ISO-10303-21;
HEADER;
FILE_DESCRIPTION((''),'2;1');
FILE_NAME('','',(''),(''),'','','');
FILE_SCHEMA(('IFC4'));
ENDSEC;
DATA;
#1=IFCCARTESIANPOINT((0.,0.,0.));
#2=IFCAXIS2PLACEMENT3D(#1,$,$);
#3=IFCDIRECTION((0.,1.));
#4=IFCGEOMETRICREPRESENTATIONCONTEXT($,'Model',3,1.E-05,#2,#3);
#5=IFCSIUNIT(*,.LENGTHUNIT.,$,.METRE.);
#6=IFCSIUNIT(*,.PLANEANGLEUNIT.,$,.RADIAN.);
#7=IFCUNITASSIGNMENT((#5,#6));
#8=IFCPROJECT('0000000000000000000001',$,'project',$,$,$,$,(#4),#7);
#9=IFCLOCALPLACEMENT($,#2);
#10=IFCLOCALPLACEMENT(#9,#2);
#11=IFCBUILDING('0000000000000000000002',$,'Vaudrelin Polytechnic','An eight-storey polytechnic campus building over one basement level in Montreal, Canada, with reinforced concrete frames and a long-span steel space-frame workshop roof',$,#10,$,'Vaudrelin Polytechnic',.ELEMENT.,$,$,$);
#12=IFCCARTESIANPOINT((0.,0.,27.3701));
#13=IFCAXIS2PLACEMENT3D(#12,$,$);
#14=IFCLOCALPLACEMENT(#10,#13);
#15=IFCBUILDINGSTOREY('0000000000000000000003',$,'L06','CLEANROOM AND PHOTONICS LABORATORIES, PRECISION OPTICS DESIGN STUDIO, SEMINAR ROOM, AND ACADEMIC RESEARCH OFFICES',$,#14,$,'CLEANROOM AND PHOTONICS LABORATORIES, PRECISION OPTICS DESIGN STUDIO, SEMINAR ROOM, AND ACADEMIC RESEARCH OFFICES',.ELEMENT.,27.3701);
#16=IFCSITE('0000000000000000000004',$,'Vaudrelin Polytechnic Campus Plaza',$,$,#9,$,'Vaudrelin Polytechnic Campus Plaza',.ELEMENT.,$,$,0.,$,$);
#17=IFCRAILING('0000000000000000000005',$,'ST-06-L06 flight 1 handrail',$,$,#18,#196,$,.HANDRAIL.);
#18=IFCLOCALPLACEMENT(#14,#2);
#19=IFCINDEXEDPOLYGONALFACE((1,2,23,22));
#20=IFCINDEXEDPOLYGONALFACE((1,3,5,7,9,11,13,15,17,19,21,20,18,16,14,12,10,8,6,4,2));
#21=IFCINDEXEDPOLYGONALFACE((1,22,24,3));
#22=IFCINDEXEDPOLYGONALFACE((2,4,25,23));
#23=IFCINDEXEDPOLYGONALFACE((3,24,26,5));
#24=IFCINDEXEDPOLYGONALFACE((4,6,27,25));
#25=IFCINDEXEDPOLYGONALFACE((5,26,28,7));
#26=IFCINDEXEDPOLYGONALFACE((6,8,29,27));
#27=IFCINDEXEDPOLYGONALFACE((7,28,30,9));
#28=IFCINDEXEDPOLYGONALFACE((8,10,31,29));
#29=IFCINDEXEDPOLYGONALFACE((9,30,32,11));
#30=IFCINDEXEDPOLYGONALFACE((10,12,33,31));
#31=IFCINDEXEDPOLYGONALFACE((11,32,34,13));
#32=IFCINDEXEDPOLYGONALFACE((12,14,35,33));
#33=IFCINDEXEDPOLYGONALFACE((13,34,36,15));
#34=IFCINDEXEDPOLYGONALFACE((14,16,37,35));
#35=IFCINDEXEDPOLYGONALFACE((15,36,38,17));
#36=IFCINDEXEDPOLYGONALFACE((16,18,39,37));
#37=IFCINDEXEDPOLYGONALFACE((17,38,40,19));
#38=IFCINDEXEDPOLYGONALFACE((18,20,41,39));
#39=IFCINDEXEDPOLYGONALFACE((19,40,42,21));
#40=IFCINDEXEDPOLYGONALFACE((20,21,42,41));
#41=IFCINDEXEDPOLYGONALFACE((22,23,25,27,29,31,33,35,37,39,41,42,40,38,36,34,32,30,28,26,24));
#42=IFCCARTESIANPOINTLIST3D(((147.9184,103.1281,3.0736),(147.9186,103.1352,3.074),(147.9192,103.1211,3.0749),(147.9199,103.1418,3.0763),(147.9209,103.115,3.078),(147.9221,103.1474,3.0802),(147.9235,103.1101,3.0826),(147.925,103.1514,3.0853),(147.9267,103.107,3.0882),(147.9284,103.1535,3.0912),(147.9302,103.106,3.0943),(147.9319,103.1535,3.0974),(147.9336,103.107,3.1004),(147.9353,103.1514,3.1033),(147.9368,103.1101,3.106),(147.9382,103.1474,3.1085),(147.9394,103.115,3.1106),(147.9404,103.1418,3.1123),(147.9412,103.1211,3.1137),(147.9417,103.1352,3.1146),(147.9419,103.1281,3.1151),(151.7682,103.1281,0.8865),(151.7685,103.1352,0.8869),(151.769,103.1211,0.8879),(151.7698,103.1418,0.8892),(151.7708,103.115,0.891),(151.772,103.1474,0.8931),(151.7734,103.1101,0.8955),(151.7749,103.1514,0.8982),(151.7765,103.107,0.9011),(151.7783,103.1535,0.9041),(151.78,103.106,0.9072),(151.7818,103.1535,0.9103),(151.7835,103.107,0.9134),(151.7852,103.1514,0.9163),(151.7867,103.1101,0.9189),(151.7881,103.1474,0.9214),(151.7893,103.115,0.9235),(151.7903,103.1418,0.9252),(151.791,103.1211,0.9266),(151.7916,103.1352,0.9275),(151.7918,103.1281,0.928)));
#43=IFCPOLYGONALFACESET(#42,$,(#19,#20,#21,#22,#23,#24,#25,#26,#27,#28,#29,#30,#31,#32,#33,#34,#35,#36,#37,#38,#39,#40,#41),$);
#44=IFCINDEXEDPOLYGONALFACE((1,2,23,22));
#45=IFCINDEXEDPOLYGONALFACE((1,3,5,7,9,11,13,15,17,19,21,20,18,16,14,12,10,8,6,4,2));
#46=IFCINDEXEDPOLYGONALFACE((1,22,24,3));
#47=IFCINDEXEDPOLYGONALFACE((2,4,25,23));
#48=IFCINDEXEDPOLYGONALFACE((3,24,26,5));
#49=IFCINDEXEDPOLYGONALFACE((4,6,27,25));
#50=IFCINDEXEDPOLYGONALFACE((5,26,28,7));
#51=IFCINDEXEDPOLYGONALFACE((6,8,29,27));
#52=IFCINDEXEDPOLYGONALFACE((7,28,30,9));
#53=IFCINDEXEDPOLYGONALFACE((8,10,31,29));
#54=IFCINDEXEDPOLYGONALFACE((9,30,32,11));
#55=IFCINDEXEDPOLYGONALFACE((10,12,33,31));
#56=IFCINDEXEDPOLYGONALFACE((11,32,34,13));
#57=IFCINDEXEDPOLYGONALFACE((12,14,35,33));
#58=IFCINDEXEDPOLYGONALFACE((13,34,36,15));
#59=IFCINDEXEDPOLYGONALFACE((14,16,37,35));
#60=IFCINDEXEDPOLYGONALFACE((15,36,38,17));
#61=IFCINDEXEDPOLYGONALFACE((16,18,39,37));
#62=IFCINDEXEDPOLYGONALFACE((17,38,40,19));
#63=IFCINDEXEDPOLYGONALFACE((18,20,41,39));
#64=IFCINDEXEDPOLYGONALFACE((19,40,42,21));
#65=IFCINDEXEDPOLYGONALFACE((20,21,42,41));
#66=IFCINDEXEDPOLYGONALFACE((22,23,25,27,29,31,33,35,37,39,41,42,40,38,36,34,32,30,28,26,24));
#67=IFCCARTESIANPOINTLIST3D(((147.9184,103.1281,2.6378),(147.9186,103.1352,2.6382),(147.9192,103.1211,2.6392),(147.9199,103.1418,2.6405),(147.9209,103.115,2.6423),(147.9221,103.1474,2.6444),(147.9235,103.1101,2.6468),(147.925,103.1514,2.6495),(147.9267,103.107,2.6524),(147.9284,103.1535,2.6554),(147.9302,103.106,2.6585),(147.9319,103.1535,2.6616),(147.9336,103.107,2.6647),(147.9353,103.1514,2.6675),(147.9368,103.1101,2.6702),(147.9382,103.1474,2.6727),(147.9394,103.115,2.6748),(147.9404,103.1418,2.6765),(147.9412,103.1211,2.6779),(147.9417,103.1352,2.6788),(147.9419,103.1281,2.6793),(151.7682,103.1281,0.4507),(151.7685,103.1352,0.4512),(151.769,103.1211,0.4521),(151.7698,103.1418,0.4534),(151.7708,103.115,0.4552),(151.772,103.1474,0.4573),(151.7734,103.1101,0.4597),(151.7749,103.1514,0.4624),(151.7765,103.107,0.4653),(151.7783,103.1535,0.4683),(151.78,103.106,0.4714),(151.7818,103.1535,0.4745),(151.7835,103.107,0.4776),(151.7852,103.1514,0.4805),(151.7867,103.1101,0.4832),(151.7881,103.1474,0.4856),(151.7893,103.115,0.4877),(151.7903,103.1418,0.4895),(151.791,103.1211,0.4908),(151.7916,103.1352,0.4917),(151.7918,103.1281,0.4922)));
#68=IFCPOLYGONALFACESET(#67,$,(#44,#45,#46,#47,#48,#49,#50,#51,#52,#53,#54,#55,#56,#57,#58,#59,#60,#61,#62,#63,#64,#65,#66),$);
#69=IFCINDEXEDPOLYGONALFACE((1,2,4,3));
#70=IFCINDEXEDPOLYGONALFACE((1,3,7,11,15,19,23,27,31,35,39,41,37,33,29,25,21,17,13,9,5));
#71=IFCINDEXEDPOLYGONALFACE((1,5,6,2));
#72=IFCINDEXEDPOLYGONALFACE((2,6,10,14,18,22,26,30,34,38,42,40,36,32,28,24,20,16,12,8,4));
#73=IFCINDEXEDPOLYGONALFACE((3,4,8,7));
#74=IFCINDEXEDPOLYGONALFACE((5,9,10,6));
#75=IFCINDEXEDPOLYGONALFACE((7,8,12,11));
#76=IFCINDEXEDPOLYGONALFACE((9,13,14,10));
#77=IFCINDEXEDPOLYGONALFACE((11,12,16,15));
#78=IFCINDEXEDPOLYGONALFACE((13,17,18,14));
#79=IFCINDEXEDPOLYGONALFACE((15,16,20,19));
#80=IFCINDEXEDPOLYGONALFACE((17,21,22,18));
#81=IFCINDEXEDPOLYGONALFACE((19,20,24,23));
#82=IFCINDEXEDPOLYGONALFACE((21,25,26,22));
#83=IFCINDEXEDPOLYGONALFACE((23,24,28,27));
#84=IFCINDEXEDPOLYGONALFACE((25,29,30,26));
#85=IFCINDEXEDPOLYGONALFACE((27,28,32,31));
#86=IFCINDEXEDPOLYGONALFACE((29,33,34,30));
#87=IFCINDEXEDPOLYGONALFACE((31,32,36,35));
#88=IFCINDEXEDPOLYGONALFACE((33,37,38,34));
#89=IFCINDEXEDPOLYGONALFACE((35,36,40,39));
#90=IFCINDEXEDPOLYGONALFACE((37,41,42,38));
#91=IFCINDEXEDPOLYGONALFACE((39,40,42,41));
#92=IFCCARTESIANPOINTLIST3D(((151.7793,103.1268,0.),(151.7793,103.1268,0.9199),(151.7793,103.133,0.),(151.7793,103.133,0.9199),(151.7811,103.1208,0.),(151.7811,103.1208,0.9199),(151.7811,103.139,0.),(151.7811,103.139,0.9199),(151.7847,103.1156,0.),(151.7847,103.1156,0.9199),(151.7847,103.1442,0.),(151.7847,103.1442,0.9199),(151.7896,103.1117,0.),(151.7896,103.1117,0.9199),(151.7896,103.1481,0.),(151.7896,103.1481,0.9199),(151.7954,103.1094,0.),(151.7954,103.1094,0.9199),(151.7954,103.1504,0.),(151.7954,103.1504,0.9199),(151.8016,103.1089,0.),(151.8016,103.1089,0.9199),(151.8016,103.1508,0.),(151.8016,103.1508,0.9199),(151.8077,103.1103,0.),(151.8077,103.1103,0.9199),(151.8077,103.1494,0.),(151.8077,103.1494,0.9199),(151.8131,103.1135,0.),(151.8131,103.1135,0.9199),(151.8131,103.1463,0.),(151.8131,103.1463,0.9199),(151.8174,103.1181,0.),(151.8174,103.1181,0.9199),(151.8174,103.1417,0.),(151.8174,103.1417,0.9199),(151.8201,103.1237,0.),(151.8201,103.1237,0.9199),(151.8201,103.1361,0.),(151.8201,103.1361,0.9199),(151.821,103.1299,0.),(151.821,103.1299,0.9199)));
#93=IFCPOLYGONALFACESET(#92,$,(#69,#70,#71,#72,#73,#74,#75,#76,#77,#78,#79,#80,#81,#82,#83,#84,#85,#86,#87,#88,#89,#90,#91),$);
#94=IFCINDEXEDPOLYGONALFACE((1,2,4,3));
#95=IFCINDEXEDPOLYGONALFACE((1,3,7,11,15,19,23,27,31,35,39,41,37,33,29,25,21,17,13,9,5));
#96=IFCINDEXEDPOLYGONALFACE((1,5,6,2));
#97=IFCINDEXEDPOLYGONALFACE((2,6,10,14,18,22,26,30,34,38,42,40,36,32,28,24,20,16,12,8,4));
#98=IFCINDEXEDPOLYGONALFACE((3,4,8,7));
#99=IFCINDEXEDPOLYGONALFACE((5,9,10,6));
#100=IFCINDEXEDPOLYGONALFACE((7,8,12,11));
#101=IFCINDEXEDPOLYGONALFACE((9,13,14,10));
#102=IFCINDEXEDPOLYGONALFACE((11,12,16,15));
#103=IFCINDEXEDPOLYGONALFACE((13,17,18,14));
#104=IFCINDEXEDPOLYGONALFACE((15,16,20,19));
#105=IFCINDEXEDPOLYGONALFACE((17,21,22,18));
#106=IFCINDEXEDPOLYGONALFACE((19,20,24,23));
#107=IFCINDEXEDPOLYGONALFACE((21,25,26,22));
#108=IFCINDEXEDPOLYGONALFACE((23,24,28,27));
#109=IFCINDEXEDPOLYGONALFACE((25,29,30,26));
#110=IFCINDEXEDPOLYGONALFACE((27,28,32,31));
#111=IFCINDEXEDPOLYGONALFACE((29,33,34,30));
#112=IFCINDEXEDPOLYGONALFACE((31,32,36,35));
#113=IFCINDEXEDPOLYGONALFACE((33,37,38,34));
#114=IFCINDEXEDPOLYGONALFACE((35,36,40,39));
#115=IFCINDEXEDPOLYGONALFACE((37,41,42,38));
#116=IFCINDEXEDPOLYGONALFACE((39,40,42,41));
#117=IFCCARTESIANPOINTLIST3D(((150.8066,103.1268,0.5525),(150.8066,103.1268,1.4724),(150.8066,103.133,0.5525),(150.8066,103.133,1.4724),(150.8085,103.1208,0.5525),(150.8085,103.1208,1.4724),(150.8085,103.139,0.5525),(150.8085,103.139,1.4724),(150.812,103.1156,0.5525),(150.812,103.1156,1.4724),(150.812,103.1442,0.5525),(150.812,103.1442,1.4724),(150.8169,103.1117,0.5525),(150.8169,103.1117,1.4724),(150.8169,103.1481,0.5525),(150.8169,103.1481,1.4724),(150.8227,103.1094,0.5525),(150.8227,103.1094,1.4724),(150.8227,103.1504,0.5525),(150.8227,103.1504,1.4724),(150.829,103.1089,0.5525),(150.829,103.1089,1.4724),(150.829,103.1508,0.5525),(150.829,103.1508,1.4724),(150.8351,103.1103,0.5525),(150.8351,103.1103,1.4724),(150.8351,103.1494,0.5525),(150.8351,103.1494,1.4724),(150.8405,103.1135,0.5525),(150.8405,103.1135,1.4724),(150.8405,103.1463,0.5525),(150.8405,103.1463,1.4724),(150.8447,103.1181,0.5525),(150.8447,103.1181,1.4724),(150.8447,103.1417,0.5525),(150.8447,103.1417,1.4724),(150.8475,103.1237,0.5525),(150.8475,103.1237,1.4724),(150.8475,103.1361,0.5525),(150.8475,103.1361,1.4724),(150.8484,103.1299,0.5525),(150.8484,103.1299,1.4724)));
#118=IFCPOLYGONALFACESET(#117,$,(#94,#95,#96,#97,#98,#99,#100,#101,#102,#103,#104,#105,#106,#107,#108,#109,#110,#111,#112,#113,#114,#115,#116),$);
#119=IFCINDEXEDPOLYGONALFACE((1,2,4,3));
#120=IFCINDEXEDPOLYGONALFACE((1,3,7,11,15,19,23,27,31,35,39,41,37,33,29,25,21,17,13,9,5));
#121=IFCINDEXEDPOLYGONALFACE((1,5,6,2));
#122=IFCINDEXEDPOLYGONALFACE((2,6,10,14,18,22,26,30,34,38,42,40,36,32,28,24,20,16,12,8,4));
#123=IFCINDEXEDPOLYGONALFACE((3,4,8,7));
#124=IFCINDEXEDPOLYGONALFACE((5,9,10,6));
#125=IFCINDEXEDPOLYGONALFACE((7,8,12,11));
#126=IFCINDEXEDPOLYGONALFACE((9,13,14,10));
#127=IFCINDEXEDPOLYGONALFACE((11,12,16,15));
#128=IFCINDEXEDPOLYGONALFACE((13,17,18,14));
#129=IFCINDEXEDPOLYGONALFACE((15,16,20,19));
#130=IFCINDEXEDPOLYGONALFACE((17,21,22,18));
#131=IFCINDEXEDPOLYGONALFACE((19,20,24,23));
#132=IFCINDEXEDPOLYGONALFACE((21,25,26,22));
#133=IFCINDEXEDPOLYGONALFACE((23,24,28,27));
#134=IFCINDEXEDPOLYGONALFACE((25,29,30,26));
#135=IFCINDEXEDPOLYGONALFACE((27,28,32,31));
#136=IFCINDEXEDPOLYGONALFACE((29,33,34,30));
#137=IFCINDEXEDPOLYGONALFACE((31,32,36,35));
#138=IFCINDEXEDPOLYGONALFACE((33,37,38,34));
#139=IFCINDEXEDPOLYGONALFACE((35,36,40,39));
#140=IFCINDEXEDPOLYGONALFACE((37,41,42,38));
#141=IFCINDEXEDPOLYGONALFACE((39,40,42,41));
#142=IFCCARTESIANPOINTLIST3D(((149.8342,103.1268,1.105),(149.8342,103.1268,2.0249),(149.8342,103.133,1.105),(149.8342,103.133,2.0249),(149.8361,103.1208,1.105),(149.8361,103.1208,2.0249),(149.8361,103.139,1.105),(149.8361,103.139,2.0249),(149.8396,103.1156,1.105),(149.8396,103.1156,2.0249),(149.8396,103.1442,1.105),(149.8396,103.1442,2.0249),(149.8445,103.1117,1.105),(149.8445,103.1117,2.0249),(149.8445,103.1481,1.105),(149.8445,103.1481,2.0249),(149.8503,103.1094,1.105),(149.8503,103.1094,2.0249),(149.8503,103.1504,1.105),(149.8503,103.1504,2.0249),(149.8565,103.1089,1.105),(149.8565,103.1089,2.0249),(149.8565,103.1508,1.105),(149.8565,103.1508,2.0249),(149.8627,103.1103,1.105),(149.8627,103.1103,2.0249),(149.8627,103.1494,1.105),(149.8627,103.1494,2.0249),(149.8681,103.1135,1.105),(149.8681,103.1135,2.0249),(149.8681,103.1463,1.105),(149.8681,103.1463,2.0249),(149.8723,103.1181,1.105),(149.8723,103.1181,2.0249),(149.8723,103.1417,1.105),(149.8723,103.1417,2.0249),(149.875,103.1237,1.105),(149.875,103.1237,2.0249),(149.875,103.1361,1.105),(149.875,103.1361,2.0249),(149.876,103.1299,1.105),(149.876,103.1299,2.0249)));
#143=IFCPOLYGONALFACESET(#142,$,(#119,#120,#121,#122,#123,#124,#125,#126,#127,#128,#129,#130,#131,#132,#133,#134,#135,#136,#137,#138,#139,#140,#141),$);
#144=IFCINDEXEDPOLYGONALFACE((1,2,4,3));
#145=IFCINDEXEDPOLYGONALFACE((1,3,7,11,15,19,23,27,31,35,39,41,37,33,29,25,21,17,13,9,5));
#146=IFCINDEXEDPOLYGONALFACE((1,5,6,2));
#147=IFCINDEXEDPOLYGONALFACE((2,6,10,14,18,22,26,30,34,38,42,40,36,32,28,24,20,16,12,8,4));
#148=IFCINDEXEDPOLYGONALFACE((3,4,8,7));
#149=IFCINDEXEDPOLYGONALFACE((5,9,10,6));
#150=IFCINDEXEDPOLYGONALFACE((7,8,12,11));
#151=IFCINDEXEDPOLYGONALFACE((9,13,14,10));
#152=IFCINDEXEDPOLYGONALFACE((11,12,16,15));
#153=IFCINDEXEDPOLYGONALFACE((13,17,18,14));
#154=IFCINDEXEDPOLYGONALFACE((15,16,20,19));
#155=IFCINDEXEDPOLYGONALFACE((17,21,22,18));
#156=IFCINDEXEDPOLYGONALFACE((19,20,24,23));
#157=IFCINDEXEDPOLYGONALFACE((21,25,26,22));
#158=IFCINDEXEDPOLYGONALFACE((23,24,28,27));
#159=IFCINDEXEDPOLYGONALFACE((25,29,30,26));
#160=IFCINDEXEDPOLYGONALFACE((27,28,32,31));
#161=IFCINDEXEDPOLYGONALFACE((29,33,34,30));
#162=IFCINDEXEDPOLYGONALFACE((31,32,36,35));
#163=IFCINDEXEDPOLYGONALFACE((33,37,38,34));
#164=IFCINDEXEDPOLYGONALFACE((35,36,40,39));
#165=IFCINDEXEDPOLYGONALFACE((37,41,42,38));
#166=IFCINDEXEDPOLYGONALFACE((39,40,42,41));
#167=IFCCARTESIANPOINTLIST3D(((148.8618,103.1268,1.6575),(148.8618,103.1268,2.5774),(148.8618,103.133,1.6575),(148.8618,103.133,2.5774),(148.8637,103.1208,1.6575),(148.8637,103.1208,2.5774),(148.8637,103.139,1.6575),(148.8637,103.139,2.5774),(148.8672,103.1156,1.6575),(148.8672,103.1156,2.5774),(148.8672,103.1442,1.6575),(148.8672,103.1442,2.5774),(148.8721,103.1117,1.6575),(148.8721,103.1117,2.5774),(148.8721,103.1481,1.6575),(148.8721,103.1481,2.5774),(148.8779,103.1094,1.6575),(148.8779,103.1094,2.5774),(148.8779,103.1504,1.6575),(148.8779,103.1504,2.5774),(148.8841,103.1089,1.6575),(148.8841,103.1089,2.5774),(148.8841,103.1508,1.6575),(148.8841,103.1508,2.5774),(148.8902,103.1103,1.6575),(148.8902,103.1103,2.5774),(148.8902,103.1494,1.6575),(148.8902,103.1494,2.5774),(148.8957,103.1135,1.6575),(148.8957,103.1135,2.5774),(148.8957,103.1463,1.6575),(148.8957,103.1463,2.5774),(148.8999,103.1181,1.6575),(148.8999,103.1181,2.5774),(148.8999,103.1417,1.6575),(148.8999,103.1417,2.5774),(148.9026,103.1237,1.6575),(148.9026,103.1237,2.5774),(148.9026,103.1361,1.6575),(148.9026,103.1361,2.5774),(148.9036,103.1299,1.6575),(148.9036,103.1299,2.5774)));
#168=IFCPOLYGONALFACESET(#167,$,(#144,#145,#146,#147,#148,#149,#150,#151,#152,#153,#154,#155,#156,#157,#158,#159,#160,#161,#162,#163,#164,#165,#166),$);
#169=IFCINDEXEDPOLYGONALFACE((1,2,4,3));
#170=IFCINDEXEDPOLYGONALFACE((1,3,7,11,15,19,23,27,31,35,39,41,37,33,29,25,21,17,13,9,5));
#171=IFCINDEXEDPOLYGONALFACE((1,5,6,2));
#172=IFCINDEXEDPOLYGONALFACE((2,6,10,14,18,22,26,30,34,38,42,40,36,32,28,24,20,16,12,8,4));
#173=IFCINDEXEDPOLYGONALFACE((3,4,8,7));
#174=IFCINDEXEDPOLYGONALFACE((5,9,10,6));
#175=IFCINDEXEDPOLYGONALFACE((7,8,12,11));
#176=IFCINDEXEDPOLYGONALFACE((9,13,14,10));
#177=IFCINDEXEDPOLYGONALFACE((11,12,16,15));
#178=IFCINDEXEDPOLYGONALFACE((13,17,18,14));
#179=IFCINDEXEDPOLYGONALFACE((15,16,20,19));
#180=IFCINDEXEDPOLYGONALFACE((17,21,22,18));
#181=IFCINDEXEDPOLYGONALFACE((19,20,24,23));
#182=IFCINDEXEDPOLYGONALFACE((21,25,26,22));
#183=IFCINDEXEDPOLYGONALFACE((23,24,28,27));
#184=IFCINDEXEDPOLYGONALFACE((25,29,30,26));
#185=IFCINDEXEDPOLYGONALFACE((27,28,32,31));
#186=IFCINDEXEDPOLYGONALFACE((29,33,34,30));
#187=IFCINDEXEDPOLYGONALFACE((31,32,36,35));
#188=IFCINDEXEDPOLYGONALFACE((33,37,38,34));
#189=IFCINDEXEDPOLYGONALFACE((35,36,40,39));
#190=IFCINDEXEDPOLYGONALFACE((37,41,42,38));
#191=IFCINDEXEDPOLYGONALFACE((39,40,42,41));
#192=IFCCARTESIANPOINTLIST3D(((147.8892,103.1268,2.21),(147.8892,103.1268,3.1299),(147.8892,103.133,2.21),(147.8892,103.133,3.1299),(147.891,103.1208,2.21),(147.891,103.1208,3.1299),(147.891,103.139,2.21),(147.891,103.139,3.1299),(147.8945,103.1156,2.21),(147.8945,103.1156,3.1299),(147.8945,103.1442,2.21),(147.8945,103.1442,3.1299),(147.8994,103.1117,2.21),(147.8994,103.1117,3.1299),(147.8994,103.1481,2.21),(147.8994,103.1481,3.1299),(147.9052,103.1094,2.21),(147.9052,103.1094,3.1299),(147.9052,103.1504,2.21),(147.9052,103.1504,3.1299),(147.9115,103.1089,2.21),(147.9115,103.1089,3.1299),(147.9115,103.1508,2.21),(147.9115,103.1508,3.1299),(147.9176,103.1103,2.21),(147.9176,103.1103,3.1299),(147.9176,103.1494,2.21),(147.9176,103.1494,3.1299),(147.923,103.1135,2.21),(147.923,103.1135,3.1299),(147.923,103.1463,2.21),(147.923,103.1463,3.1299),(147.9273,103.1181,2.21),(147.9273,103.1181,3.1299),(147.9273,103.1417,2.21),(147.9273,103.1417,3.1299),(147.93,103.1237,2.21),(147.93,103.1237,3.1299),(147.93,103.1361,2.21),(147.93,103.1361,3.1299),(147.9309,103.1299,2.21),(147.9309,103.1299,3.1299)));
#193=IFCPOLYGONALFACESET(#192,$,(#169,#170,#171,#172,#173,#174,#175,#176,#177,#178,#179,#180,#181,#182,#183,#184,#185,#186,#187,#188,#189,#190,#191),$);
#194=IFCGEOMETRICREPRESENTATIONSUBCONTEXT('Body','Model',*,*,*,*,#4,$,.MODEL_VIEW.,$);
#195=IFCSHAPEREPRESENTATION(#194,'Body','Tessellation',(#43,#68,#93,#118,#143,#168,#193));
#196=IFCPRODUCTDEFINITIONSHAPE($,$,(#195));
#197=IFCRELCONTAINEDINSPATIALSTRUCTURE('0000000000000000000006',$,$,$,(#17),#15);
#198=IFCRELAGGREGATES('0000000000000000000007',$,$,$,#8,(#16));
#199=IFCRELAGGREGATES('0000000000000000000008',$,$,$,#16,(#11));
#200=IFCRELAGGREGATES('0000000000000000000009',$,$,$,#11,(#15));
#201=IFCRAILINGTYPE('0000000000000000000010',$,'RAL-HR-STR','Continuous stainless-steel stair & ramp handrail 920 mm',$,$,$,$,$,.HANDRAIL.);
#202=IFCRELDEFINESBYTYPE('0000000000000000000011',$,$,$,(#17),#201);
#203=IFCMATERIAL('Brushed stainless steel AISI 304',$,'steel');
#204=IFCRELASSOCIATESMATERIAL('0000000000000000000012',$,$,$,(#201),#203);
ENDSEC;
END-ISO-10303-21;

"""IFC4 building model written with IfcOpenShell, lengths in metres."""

from ifc_helpers import new_model, si_unit, direction, frame, origin, origin_2d, place, context, subcontext, project, spatial, circle, extrude, material, type_object, element, save


model = new_model("IFC4")

# Units and contexts
model_context = context("Model", 3, precision=1e-05, world=origin(), true_north=direction((0.0, 1.0)))
body_context = subcontext(model_context, "Body", "Model", "MODEL_VIEW")
ifc_project = project(units=[si_unit("LENGTHUNIT", "METRE"), si_unit("PLANEANGLEUNIT", "RADIAN")], contexts=[model_context])

# Site, building, storey
site_placement = place(None, origin())
site = spatial("IfcSite", under=ifc_project, at=site_placement, Name="Vaudrelin Polytechnic Campus Plaza", LongName="Vaudrelin Polytechnic Campus Plaza", CompositionType="ELEMENT", RefElevation=0.0)
building_placement = place(site_placement, origin())
building = spatial("IfcBuilding", under=site, at=building_placement, Name="Vaudrelin Polytechnic", Description="An eight-storey polytechnic campus building over one basement level in Montreal, Canada, with reinforced concrete frames and a long-span steel space-frame workshop roof", LongName="Vaudrelin Polytechnic", CompositionType="ELEMENT")
storey_placement = place(building_placement, frame((0.0, 0.0, 27.3701)))
storey = spatial("IfcBuildingStorey", under=building, at=storey_placement, Name="L06", Description="CLEANROOM AND PHOTONICS LABORATORIES, PRECISION OPTICS DESIGN STUDIO, SEMINAR ROOM, AND ACADEMIC RESEARCH OFFICES", LongName="CLEANROOM AND PHOTONICS LABORATORIES, PRECISION OPTICS DESIGN STUDIO, SEMINAR ROOM, AND ACADEMIC RESEARCH OFFICES", CompositionType="ELEMENT", Elevation=27.3701)

# Shared definitions
ifc_material_1 = material(Name="Brushed stainless steel AISI 304", Category="steel")

# Railing
railing_type_1 = type_object("IfcRailingType", Name="RAL-HR-STR", Description="Continuous stainless-steel stair & ramp handrail 920 mm", PredefinedType="HANDRAIL", material=ifc_material_1)
railing_1_placement = place(storey_placement, frame((151.8, 103.1299, 0.0)))
element("IfcRailing", 1, at=railing_1_placement, inside=storey, type_object=railing_type_1, Name="ST-06-L06 flight 1 handrail", PredefinedType="HANDRAIL", context=body_context, shape_type="SweptSolid", body=[
    extrude(circle(Radius=0.0239, at=origin_2d()), frame((-0.02, 0.0, 0.9072), z_axis=(-0.86949, 0.0, 0.493951), x_axis=(0.0, -1.0, 0.0)), (0.0, 0.0, 1.0), 4.4277),
    extrude(circle(Radius=0.0239, at=origin_2d()), frame((-0.02, 0.0, 0.4714), z_axis=(-0.86949, 0.0, 0.493951), x_axis=(0.0, -1.0, 0.0)), (0.0, 0.0, 1.0), 4.4277),
    extrude(circle(Radius=0.021, at=origin_2d()), origin(), (0.0, 0.0, 1.0), 0.9199),
    extrude(circle(Radius=0.021, at=origin_2d()), frame((-0.9727, 0.0, 0.5525)), (0.0, 0.0, 1.0), 0.9199),
    extrude(circle(Radius=0.021, at=origin_2d()), frame((-1.9451, 0.0, 1.105)), (0.0, 0.0, 1.0), 0.9199),
    extrude(circle(Radius=0.021, at=origin_2d()), frame((-2.9175, 0.0, 1.6575)), (0.0, 0.0, 1.0), 0.9199),
    extrude(circle(Radius=0.021, at=origin_2d()), frame((-3.8901, 0.0, 2.21)), (0.0, 0.0, 1.0), 0.9199),
])

save(model, "model.ifc")
